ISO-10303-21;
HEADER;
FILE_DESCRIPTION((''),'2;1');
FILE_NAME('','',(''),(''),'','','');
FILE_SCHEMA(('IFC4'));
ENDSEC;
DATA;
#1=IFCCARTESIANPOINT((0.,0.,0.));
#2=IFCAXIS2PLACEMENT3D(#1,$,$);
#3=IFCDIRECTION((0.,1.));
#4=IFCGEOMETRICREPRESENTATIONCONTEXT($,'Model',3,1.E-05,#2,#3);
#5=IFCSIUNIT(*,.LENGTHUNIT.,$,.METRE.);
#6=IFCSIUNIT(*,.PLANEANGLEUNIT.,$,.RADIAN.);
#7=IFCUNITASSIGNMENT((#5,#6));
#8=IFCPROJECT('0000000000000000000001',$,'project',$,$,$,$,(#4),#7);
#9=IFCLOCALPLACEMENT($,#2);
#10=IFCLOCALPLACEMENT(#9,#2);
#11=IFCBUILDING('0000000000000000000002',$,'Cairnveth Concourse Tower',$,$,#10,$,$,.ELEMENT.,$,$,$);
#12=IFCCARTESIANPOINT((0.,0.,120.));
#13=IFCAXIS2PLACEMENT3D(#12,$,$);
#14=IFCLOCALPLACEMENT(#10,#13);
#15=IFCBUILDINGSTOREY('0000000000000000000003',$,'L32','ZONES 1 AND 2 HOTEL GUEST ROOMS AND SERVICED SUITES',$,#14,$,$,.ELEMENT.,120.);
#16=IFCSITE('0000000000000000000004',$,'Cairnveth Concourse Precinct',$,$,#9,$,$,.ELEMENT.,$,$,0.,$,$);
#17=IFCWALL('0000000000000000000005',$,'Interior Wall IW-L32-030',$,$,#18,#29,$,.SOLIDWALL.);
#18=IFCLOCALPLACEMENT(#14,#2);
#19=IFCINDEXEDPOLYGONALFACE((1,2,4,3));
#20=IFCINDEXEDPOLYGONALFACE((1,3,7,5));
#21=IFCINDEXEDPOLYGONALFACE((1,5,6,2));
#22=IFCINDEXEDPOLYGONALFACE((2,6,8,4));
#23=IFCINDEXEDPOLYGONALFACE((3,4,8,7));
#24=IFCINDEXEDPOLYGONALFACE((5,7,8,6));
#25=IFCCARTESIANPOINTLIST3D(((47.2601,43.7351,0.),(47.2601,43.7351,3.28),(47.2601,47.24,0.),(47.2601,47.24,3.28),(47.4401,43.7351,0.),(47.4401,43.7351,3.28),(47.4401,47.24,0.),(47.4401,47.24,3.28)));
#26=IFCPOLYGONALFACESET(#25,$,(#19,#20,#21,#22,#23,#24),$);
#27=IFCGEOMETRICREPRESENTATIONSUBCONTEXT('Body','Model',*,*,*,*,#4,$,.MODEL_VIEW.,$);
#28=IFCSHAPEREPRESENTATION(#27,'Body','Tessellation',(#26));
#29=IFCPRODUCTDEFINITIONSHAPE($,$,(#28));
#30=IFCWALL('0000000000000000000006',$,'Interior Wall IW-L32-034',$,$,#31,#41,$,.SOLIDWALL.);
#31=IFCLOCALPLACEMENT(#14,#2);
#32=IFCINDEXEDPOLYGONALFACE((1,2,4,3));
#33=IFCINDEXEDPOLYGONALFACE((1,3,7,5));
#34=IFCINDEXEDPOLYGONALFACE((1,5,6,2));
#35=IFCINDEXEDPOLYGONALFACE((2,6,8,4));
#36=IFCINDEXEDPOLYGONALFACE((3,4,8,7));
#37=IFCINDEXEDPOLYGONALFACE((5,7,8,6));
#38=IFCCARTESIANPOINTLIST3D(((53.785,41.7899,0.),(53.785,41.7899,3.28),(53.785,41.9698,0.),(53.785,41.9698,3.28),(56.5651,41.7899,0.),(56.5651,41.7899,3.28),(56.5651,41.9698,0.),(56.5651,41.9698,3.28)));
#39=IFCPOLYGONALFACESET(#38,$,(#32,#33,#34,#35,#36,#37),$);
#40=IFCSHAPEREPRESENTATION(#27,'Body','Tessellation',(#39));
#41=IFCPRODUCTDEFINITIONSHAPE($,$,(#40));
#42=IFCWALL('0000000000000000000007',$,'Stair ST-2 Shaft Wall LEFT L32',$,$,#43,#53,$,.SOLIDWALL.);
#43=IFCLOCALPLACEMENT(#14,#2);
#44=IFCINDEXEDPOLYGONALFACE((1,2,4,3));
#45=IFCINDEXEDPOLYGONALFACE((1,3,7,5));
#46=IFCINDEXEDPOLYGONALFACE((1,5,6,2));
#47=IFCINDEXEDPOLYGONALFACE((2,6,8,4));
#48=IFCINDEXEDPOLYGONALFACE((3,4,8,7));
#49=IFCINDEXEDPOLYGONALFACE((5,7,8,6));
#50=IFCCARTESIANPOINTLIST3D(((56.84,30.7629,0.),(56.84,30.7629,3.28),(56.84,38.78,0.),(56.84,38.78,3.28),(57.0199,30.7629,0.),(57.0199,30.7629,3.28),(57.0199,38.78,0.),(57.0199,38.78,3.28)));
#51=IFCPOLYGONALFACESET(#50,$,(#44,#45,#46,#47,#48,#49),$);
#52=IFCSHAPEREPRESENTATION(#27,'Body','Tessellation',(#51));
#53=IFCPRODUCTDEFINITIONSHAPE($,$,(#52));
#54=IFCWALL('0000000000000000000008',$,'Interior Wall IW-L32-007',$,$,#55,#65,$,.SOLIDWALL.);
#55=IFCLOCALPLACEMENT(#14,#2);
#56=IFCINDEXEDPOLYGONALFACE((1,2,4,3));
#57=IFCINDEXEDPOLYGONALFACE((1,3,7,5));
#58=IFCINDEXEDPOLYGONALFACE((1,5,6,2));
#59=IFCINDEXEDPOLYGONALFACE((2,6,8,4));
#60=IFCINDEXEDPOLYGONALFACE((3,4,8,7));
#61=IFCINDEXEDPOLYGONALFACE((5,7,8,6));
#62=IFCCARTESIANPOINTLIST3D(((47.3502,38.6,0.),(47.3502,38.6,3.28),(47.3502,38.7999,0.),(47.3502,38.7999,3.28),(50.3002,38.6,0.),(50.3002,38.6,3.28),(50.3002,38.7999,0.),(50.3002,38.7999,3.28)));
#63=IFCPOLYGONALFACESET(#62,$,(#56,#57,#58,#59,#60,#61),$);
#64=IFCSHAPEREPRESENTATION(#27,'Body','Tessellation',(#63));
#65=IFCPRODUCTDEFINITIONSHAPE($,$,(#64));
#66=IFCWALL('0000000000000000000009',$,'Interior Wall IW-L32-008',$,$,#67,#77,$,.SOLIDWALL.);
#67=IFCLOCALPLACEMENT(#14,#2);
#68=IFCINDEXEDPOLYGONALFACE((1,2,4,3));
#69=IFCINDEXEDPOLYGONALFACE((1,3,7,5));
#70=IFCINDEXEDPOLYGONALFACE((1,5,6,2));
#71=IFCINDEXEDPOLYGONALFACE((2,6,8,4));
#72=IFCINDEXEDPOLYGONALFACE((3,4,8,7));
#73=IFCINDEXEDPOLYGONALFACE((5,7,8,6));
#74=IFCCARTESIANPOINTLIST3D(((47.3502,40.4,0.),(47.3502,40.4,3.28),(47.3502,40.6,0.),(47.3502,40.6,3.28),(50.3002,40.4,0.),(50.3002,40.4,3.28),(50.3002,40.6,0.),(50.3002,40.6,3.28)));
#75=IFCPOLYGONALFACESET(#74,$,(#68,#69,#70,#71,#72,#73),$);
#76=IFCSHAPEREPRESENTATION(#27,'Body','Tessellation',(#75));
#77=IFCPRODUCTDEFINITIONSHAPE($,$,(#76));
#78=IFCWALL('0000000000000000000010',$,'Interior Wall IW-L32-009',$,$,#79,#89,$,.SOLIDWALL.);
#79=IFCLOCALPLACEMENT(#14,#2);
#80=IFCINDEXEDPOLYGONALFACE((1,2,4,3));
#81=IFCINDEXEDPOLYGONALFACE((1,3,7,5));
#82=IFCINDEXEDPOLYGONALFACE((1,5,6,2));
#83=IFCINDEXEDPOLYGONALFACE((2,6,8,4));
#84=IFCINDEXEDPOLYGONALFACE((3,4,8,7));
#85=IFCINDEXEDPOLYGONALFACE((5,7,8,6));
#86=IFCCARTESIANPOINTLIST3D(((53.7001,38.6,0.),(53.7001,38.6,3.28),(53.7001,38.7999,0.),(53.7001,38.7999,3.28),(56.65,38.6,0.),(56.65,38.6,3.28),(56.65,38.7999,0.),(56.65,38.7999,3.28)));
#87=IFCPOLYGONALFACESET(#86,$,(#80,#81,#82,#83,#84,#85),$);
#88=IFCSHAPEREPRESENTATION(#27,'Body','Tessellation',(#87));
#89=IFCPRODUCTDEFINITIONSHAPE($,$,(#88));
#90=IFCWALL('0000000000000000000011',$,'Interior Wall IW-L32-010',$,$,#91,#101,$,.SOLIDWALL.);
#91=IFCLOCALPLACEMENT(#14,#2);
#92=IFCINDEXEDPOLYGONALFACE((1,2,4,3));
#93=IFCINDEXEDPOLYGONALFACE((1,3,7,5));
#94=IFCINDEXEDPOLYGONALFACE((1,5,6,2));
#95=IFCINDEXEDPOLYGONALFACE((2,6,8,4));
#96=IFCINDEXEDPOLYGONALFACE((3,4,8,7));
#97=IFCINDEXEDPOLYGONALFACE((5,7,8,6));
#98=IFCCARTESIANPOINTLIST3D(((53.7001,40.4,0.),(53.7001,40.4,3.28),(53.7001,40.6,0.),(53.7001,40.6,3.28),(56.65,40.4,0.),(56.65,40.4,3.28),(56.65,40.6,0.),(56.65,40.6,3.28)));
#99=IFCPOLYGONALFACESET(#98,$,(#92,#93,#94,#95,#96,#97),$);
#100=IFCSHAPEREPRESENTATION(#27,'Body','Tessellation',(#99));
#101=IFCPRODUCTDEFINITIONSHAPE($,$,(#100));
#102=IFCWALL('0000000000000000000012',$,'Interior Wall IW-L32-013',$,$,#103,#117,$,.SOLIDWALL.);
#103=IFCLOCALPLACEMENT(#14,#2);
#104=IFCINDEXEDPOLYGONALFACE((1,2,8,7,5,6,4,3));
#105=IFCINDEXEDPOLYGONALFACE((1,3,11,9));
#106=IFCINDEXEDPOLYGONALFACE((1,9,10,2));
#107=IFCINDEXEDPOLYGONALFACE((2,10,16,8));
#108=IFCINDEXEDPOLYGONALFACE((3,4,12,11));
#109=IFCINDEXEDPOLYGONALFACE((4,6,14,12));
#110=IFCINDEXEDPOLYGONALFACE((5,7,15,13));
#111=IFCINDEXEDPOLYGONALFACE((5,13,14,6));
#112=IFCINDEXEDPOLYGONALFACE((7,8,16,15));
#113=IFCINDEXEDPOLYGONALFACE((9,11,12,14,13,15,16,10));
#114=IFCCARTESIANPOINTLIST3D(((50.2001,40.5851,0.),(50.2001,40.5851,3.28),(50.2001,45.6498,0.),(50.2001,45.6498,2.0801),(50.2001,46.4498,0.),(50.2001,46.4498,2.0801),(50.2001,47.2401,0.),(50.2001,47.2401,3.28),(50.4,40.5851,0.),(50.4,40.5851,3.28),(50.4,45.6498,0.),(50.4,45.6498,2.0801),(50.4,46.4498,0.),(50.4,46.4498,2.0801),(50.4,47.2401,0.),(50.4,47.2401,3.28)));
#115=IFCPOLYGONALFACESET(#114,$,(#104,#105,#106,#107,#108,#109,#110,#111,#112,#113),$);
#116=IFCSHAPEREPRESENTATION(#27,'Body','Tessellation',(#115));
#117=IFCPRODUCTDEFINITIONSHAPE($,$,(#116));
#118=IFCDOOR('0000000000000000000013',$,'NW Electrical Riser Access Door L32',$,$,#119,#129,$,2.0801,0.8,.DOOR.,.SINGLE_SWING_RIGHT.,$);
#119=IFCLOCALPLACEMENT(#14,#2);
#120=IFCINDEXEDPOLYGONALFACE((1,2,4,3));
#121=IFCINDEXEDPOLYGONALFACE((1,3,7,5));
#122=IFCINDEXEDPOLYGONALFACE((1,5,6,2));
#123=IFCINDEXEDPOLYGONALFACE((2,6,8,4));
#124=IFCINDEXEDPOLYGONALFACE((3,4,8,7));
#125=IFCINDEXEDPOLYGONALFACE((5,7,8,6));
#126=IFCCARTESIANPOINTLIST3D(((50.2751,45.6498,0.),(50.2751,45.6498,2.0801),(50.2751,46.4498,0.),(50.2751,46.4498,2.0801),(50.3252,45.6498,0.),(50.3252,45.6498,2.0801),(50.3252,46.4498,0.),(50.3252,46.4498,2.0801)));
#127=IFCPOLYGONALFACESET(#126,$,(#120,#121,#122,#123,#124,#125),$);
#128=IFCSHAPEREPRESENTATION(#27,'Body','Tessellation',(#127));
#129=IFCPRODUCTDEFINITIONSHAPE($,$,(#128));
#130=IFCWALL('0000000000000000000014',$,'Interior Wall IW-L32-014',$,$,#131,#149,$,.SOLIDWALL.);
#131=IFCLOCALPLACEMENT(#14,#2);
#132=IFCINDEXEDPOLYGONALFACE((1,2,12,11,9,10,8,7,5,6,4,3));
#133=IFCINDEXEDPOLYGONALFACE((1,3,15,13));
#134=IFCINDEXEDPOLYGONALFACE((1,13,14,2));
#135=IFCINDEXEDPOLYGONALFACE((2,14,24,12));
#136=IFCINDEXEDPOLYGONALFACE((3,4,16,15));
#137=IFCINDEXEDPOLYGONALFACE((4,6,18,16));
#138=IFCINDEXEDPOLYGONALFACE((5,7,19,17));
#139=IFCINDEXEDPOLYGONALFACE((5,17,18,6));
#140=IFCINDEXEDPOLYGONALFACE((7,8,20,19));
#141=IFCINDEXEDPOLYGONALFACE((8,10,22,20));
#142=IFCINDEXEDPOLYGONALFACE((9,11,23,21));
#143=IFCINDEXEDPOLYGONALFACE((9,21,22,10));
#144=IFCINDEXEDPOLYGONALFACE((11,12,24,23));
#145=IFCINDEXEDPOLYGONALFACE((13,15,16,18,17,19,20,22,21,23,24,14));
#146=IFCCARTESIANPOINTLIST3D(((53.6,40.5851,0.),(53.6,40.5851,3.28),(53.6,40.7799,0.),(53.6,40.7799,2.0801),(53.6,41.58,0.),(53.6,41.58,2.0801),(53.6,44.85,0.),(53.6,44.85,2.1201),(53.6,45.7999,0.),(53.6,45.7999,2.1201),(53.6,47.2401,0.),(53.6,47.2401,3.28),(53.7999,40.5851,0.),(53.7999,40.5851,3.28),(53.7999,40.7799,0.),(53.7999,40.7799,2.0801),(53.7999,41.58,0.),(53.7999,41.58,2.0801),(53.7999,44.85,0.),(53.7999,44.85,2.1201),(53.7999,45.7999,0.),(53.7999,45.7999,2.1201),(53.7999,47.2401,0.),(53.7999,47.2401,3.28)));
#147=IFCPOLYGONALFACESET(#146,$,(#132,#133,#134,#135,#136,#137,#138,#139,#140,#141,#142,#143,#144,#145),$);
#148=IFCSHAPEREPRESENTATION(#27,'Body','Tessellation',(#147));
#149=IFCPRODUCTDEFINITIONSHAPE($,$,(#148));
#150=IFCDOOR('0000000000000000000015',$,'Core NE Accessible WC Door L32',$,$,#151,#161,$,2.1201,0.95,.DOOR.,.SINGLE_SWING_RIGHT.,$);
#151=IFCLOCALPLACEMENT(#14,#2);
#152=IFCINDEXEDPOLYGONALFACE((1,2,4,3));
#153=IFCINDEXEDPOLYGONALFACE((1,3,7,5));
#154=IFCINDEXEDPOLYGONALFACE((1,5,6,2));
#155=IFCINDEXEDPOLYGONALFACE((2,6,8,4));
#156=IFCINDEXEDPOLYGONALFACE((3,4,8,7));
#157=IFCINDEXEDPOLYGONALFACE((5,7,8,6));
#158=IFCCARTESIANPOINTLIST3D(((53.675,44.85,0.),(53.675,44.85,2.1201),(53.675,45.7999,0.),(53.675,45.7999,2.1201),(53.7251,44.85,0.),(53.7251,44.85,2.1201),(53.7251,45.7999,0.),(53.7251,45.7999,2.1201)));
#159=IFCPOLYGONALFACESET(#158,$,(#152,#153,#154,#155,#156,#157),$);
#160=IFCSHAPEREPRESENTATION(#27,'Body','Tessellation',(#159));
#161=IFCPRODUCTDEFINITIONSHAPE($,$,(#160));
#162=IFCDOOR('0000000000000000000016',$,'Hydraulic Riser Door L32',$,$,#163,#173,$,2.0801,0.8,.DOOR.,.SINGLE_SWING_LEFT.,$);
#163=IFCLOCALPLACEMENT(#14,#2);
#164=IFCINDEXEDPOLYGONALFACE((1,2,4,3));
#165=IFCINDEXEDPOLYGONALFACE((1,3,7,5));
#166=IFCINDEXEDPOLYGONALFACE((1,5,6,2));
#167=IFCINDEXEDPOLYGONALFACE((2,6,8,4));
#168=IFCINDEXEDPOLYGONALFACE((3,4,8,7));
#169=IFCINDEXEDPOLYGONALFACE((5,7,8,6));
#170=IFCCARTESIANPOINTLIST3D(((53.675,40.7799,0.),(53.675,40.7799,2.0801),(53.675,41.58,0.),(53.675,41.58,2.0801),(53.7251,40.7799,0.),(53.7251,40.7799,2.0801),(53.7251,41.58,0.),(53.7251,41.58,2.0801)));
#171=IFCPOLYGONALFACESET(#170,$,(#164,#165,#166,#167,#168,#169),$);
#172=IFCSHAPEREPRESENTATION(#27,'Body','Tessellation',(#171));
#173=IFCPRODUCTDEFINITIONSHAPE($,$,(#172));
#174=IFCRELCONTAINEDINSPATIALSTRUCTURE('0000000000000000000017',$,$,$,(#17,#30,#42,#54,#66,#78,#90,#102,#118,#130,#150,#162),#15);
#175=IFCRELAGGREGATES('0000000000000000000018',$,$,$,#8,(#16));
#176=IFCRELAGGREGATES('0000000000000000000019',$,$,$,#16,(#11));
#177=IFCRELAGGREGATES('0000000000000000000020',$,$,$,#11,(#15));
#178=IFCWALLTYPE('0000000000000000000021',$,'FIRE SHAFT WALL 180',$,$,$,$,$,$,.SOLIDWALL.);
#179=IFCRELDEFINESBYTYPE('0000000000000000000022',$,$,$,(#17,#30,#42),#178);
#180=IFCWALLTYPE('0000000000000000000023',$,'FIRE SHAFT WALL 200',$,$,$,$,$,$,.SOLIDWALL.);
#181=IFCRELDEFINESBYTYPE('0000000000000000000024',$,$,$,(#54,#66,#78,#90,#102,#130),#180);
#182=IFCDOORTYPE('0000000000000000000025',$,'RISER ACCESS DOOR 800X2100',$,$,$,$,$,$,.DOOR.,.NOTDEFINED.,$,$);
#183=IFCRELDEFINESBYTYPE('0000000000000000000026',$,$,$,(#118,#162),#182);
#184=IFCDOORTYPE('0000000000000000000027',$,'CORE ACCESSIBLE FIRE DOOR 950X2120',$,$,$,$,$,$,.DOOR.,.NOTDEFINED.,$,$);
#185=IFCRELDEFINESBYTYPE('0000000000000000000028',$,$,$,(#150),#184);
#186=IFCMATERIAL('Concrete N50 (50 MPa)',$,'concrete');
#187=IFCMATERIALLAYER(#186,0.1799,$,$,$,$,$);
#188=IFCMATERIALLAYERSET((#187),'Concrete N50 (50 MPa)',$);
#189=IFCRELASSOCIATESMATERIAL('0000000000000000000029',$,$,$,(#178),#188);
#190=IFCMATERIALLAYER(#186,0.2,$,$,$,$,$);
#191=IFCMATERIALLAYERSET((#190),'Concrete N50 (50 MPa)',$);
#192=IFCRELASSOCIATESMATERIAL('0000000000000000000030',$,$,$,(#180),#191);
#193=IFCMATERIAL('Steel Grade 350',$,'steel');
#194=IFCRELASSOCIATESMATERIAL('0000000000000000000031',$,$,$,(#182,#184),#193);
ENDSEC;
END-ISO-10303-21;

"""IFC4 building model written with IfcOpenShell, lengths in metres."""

from ifc_helpers import new_model, si_unit, direction, frame, frame_2d, origin, place, context, subcontext, project, spatial, rectangle, extrude, material, layer, layer_set, type_object, element, fill, save


model = new_model("IFC4")

# Units and contexts
model_context = context("Model", 3, precision=1e-05, world=origin(), true_north=direction((0.0, 1.0)))
body_context = subcontext(model_context, "Body", "Model", "MODEL_VIEW")
ifc_project = project(units=[si_unit("LENGTHUNIT", "METRE"), si_unit("PLANEANGLEUNIT", "RADIAN")], contexts=[model_context])

# Site, building, storey
site_placement = place(None, origin())
site = spatial("IfcSite", under=ifc_project, at=site_placement, Name="Cairnveth Concourse Precinct", CompositionType="ELEMENT", RefElevation=0.0)
building_placement = place(site_placement, origin())
building = spatial("IfcBuilding", under=site, at=building_placement, Name="Cairnveth Concourse Tower", CompositionType="ELEMENT")
storey_placement = place(building_placement, frame((0.0, 0.0, 120.0)))
storey = spatial("IfcBuildingStorey", under=building, at=storey_placement, Name="L32", Description="ZONES 1 AND 2 HOTEL GUEST ROOMS AND SERVICED SUITES", CompositionType="ELEMENT", Elevation=120.0)

# Walls
ifc_material_1 = material(Name="Concrete N50 (50 MPa)", Category="concrete")
ifc_layer_1 = layer(ifc_material_1, 0.1799)
ifc_layer_set_1 = layer_set([ifc_layer_1], Name="Concrete N50 (50 MPa)")
wall_type_1 = type_object("IfcWallType", Name="FIRE SHAFT WALL 180", PredefinedType="SOLIDWALL", material=ifc_layer_set_1)
wall_1_placement = place(storey_placement, frame((47.3501, 43.7351, 0.0), z_axis=(0.0, 0.0, 1.0), x_axis=(0.0, 1.0, 0.0)))
element("IfcWall", 1, at=wall_1_placement, inside=storey, type_object=wall_type_1, Name="Interior Wall IW-L32-030", PredefinedType="SOLIDWALL", context=body_context, shape_type="SweptSolid", body=[
    extrude(rectangle(XDim=3.5049, YDim=0.1799, at=frame_2d((1.7524, 0.0))), origin(), (0.0, 0.0, 1.0), 3.28),
])
wall_2_placement = place(storey_placement, frame((53.7849, 41.8799, 0.0), z_axis=(0.0, 0.0, 1.0), x_axis=(1.0, 0.0, 0.0)))
element("IfcWall", 2, at=wall_2_placement, inside=storey, type_object=wall_type_1, Name="Interior Wall IW-L32-034", PredefinedType="SOLIDWALL", context=body_context, shape_type="SweptSolid", body=[
    extrude(rectangle(XDim=2.78, YDim=0.1799, at=frame_2d((1.3901, 0.0))), origin(), (0.0, 0.0, 1.0), 3.28),
])

# Shared definitions
ifc_material_2 = material(Name="Steel Grade 350", Category="steel")

# Walls
wall_3_placement = place(storey_placement, frame((56.9299, 38.78, 0.0), z_axis=(0.0, 0.0, 1.0), x_axis=(0.0, -1.0, 0.0)))
element("IfcWall", 3, at=wall_3_placement, inside=storey, type_object=wall_type_1, Name="Stair ST-2 Shaft Wall LEFT L32", PredefinedType="SOLIDWALL", context=body_context, shape_type="SweptSolid", body=[
    extrude(rectangle(XDim=8.0171, YDim=0.1799, at=frame_2d((4.0085, 0.0))), origin(), (0.0, 0.0, 1.0), 3.28),
])
ifc_layer_2 = layer(ifc_material_1, 0.2)
ifc_layer_set_2 = layer_set([ifc_layer_2], Name="Concrete N50 (50 MPa)")
wall_type_2 = type_object("IfcWallType", Name="FIRE SHAFT WALL 200", PredefinedType="SOLIDWALL", material=ifc_layer_set_2)
for number, where, z_axis, x_axis, name in (
    (4, (47.3501, 38.7, 0.0), (0.0, 0.0, 1.0), (1.0, 0.0, 0.0), "Interior Wall IW-L32-007"),
    (5, (47.3501, 40.5, 0.0), (0.0, 0.0, 1.0), (1.0, 0.0, 0.0), "Interior Wall IW-L32-008"),
    (6, (53.7, 38.7, 0.0), (0.0, 0.0, 1.0), (1.0, 0.0, 0.0), "Interior Wall IW-L32-009"),
    (7, (53.7, 40.5, 0.0), (0.0, 0.0, 1.0), (1.0, 0.0, 0.0), "Interior Wall IW-L32-010"),
):
    element("IfcWall", number, at=place(storey_placement, frame(where, z_axis=z_axis, x_axis=x_axis)), inside=storey, type_object=wall_type_2, Name=name, PredefinedType="SOLIDWALL", context=body_context, shape_type="SweptSolid", body=[
        extrude(rectangle(XDim=2.95, YDim=0.2, at=frame_2d((1.4751, 0.0))), origin(), (0.0, 0.0, 1.0), 3.28),
    ])

# Wall, opening, door
wall_4_placement = place(storey_placement, frame((50.3, 40.585, 0.0), z_axis=(0.0, 0.0, 1.0), x_axis=(0.0, 1.0, 0.0)))
wall_4 = element("IfcWall", 8, at=wall_4_placement, inside=storey, type_object=wall_type_2, Name="Interior Wall IW-L32-013", PredefinedType="SOLIDWALL", context=body_context, shape_type="SweptSolid", body=[
    extrude(rectangle(XDim=6.655, YDim=0.2, at=frame_2d((3.3276, 0.0))), origin(), (0.0, 0.0, 1.0), 3.28),
])
opening_1_placement = place(wall_4_placement, frame((5.0649, 0.0, 0.0)))
opening_1 = element("IfcOpeningElement", 9, at=opening_1_placement, cuts=wall_4, PredefinedType="OPENING", context=body_context, shape_type="SweptSolid", body=[
    extrude(rectangle(XDim=0.8, YDim=2.0801, at=frame_2d((0.3999, 1.04))), frame((0.0, 0.1099, 0.0), z_axis=(0.0, -1.0, 0.0), x_axis=(1.0, 0.0, 0.0)), (0.0, 0.0, 1.0), 0.22),
])
door_type_1 = type_object("IfcDoorType", Name="RISER ACCESS DOOR 800X2100", OperationType="NOTDEFINED", PredefinedType="DOOR", material=ifc_material_2)
door_1_placement = place(opening_1_placement, origin())
door_1 = element("IfcDoor", 10, at=door_1_placement, inside=storey, type_object=door_type_1, Name="NW Electrical Riser Access Door L32", OperationType="SINGLE_SWING_RIGHT", OverallHeight=2.0801, OverallWidth=0.8, PredefinedType="DOOR", context=body_context, shape_type="SweptSolid", body=[
    extrude(rectangle(XDim=0.8, YDim=2.0801, at=frame_2d((0.3999, 1.04))), frame((0.0, 0.0249, 0.0), z_axis=(0.0, -1.0, 0.0), x_axis=(1.0, 0.0, 0.0)), (0.0, 0.0, 1.0), 0.05),
])
fill(opening_1, door_1)

# Wall, openings, doors
wall_5_placement = place(storey_placement, frame((53.7, 40.585, 0.0), z_axis=(0.0, 0.0, 1.0), x_axis=(0.0, 1.0, 0.0)))
wall_5 = element("IfcWall", 11, at=wall_5_placement, inside=storey, type_object=wall_type_2, Name="Interior Wall IW-L32-014", PredefinedType="SOLIDWALL", context=body_context, shape_type="SweptSolid", body=[
    extrude(rectangle(XDim=6.655, YDim=0.2, at=frame_2d((3.3276, 0.0))), origin(), (0.0, 0.0, 1.0), 3.28),
])
opening_2_placement = place(wall_5_placement, frame((0.1951, 0.0, 0.0)))
opening_2 = element("IfcOpeningElement", 12, at=opening_2_placement, cuts=wall_5, PredefinedType="OPENING", context=body_context, shape_type="SweptSolid", body=[
    extrude(rectangle(XDim=0.8, YDim=2.0801, at=frame_2d((0.3999, 1.04))), frame((0.0, 0.1099, 0.0), z_axis=(0.0, -1.0, 0.0), x_axis=(1.0, 0.0, 0.0)), (0.0, 0.0, 1.0), 0.22),
])
opening_3_placement = place(wall_5_placement, frame((4.2649, 0.0, 0.0)))
opening_3 = element("IfcOpeningElement", 13, at=opening_3_placement, cuts=wall_5, PredefinedType="OPENING", context=body_context, shape_type="SweptSolid", body=[
    extrude(rectangle(XDim=0.95, YDim=2.1201, at=frame_2d((0.4751, 1.0601))), frame((0.0, 0.1099, 0.0), z_axis=(0.0, -1.0, 0.0), x_axis=(1.0, 0.0, 0.0)), (0.0, 0.0, 1.0), 0.22),
])
door_type_2 = type_object("IfcDoorType", Name="CORE ACCESSIBLE FIRE DOOR 950X2120", OperationType="NOTDEFINED", PredefinedType="DOOR", material=ifc_material_2)
door_2_placement = place(opening_3_placement, origin())
door_2 = element("IfcDoor", 14, at=door_2_placement, inside=storey, type_object=door_type_2, Name="Core NE Accessible WC Door L32", OperationType="SINGLE_SWING_RIGHT", OverallHeight=2.1201, OverallWidth=0.95, PredefinedType="DOOR", context=body_context, shape_type="SweptSolid", body=[
    extrude(rectangle(XDim=0.95, YDim=2.1201, at=frame_2d((0.4751, 1.0601))), frame((0.0, 0.0249, 0.0), z_axis=(0.0, -1.0, 0.0), x_axis=(1.0, 0.0, 0.0)), (0.0, 0.0, 1.0), 0.05),
])
fill(opening_3, door_2)
door_3_placement = place(opening_2_placement, origin())
door_3 = element("IfcDoor", 15, at=door_3_placement, inside=storey, type_object=door_type_1, Name="Hydraulic Riser Door L32", OperationType="SINGLE_SWING_LEFT", OverallHeight=2.0801, OverallWidth=0.8, PredefinedType="DOOR", context=body_context, shape_type="SweptSolid", body=[
    extrude(rectangle(XDim=0.8, YDim=2.0801, at=frame_2d((0.3999, 1.04))), frame((0.0, 0.0249, 0.0), z_axis=(0.0, -1.0, 0.0), x_axis=(1.0, 0.0, 0.0)), (0.0, 0.0, 1.0), 0.05),
])
fill(opening_2, door_3)

save(model, "model.ifc")
